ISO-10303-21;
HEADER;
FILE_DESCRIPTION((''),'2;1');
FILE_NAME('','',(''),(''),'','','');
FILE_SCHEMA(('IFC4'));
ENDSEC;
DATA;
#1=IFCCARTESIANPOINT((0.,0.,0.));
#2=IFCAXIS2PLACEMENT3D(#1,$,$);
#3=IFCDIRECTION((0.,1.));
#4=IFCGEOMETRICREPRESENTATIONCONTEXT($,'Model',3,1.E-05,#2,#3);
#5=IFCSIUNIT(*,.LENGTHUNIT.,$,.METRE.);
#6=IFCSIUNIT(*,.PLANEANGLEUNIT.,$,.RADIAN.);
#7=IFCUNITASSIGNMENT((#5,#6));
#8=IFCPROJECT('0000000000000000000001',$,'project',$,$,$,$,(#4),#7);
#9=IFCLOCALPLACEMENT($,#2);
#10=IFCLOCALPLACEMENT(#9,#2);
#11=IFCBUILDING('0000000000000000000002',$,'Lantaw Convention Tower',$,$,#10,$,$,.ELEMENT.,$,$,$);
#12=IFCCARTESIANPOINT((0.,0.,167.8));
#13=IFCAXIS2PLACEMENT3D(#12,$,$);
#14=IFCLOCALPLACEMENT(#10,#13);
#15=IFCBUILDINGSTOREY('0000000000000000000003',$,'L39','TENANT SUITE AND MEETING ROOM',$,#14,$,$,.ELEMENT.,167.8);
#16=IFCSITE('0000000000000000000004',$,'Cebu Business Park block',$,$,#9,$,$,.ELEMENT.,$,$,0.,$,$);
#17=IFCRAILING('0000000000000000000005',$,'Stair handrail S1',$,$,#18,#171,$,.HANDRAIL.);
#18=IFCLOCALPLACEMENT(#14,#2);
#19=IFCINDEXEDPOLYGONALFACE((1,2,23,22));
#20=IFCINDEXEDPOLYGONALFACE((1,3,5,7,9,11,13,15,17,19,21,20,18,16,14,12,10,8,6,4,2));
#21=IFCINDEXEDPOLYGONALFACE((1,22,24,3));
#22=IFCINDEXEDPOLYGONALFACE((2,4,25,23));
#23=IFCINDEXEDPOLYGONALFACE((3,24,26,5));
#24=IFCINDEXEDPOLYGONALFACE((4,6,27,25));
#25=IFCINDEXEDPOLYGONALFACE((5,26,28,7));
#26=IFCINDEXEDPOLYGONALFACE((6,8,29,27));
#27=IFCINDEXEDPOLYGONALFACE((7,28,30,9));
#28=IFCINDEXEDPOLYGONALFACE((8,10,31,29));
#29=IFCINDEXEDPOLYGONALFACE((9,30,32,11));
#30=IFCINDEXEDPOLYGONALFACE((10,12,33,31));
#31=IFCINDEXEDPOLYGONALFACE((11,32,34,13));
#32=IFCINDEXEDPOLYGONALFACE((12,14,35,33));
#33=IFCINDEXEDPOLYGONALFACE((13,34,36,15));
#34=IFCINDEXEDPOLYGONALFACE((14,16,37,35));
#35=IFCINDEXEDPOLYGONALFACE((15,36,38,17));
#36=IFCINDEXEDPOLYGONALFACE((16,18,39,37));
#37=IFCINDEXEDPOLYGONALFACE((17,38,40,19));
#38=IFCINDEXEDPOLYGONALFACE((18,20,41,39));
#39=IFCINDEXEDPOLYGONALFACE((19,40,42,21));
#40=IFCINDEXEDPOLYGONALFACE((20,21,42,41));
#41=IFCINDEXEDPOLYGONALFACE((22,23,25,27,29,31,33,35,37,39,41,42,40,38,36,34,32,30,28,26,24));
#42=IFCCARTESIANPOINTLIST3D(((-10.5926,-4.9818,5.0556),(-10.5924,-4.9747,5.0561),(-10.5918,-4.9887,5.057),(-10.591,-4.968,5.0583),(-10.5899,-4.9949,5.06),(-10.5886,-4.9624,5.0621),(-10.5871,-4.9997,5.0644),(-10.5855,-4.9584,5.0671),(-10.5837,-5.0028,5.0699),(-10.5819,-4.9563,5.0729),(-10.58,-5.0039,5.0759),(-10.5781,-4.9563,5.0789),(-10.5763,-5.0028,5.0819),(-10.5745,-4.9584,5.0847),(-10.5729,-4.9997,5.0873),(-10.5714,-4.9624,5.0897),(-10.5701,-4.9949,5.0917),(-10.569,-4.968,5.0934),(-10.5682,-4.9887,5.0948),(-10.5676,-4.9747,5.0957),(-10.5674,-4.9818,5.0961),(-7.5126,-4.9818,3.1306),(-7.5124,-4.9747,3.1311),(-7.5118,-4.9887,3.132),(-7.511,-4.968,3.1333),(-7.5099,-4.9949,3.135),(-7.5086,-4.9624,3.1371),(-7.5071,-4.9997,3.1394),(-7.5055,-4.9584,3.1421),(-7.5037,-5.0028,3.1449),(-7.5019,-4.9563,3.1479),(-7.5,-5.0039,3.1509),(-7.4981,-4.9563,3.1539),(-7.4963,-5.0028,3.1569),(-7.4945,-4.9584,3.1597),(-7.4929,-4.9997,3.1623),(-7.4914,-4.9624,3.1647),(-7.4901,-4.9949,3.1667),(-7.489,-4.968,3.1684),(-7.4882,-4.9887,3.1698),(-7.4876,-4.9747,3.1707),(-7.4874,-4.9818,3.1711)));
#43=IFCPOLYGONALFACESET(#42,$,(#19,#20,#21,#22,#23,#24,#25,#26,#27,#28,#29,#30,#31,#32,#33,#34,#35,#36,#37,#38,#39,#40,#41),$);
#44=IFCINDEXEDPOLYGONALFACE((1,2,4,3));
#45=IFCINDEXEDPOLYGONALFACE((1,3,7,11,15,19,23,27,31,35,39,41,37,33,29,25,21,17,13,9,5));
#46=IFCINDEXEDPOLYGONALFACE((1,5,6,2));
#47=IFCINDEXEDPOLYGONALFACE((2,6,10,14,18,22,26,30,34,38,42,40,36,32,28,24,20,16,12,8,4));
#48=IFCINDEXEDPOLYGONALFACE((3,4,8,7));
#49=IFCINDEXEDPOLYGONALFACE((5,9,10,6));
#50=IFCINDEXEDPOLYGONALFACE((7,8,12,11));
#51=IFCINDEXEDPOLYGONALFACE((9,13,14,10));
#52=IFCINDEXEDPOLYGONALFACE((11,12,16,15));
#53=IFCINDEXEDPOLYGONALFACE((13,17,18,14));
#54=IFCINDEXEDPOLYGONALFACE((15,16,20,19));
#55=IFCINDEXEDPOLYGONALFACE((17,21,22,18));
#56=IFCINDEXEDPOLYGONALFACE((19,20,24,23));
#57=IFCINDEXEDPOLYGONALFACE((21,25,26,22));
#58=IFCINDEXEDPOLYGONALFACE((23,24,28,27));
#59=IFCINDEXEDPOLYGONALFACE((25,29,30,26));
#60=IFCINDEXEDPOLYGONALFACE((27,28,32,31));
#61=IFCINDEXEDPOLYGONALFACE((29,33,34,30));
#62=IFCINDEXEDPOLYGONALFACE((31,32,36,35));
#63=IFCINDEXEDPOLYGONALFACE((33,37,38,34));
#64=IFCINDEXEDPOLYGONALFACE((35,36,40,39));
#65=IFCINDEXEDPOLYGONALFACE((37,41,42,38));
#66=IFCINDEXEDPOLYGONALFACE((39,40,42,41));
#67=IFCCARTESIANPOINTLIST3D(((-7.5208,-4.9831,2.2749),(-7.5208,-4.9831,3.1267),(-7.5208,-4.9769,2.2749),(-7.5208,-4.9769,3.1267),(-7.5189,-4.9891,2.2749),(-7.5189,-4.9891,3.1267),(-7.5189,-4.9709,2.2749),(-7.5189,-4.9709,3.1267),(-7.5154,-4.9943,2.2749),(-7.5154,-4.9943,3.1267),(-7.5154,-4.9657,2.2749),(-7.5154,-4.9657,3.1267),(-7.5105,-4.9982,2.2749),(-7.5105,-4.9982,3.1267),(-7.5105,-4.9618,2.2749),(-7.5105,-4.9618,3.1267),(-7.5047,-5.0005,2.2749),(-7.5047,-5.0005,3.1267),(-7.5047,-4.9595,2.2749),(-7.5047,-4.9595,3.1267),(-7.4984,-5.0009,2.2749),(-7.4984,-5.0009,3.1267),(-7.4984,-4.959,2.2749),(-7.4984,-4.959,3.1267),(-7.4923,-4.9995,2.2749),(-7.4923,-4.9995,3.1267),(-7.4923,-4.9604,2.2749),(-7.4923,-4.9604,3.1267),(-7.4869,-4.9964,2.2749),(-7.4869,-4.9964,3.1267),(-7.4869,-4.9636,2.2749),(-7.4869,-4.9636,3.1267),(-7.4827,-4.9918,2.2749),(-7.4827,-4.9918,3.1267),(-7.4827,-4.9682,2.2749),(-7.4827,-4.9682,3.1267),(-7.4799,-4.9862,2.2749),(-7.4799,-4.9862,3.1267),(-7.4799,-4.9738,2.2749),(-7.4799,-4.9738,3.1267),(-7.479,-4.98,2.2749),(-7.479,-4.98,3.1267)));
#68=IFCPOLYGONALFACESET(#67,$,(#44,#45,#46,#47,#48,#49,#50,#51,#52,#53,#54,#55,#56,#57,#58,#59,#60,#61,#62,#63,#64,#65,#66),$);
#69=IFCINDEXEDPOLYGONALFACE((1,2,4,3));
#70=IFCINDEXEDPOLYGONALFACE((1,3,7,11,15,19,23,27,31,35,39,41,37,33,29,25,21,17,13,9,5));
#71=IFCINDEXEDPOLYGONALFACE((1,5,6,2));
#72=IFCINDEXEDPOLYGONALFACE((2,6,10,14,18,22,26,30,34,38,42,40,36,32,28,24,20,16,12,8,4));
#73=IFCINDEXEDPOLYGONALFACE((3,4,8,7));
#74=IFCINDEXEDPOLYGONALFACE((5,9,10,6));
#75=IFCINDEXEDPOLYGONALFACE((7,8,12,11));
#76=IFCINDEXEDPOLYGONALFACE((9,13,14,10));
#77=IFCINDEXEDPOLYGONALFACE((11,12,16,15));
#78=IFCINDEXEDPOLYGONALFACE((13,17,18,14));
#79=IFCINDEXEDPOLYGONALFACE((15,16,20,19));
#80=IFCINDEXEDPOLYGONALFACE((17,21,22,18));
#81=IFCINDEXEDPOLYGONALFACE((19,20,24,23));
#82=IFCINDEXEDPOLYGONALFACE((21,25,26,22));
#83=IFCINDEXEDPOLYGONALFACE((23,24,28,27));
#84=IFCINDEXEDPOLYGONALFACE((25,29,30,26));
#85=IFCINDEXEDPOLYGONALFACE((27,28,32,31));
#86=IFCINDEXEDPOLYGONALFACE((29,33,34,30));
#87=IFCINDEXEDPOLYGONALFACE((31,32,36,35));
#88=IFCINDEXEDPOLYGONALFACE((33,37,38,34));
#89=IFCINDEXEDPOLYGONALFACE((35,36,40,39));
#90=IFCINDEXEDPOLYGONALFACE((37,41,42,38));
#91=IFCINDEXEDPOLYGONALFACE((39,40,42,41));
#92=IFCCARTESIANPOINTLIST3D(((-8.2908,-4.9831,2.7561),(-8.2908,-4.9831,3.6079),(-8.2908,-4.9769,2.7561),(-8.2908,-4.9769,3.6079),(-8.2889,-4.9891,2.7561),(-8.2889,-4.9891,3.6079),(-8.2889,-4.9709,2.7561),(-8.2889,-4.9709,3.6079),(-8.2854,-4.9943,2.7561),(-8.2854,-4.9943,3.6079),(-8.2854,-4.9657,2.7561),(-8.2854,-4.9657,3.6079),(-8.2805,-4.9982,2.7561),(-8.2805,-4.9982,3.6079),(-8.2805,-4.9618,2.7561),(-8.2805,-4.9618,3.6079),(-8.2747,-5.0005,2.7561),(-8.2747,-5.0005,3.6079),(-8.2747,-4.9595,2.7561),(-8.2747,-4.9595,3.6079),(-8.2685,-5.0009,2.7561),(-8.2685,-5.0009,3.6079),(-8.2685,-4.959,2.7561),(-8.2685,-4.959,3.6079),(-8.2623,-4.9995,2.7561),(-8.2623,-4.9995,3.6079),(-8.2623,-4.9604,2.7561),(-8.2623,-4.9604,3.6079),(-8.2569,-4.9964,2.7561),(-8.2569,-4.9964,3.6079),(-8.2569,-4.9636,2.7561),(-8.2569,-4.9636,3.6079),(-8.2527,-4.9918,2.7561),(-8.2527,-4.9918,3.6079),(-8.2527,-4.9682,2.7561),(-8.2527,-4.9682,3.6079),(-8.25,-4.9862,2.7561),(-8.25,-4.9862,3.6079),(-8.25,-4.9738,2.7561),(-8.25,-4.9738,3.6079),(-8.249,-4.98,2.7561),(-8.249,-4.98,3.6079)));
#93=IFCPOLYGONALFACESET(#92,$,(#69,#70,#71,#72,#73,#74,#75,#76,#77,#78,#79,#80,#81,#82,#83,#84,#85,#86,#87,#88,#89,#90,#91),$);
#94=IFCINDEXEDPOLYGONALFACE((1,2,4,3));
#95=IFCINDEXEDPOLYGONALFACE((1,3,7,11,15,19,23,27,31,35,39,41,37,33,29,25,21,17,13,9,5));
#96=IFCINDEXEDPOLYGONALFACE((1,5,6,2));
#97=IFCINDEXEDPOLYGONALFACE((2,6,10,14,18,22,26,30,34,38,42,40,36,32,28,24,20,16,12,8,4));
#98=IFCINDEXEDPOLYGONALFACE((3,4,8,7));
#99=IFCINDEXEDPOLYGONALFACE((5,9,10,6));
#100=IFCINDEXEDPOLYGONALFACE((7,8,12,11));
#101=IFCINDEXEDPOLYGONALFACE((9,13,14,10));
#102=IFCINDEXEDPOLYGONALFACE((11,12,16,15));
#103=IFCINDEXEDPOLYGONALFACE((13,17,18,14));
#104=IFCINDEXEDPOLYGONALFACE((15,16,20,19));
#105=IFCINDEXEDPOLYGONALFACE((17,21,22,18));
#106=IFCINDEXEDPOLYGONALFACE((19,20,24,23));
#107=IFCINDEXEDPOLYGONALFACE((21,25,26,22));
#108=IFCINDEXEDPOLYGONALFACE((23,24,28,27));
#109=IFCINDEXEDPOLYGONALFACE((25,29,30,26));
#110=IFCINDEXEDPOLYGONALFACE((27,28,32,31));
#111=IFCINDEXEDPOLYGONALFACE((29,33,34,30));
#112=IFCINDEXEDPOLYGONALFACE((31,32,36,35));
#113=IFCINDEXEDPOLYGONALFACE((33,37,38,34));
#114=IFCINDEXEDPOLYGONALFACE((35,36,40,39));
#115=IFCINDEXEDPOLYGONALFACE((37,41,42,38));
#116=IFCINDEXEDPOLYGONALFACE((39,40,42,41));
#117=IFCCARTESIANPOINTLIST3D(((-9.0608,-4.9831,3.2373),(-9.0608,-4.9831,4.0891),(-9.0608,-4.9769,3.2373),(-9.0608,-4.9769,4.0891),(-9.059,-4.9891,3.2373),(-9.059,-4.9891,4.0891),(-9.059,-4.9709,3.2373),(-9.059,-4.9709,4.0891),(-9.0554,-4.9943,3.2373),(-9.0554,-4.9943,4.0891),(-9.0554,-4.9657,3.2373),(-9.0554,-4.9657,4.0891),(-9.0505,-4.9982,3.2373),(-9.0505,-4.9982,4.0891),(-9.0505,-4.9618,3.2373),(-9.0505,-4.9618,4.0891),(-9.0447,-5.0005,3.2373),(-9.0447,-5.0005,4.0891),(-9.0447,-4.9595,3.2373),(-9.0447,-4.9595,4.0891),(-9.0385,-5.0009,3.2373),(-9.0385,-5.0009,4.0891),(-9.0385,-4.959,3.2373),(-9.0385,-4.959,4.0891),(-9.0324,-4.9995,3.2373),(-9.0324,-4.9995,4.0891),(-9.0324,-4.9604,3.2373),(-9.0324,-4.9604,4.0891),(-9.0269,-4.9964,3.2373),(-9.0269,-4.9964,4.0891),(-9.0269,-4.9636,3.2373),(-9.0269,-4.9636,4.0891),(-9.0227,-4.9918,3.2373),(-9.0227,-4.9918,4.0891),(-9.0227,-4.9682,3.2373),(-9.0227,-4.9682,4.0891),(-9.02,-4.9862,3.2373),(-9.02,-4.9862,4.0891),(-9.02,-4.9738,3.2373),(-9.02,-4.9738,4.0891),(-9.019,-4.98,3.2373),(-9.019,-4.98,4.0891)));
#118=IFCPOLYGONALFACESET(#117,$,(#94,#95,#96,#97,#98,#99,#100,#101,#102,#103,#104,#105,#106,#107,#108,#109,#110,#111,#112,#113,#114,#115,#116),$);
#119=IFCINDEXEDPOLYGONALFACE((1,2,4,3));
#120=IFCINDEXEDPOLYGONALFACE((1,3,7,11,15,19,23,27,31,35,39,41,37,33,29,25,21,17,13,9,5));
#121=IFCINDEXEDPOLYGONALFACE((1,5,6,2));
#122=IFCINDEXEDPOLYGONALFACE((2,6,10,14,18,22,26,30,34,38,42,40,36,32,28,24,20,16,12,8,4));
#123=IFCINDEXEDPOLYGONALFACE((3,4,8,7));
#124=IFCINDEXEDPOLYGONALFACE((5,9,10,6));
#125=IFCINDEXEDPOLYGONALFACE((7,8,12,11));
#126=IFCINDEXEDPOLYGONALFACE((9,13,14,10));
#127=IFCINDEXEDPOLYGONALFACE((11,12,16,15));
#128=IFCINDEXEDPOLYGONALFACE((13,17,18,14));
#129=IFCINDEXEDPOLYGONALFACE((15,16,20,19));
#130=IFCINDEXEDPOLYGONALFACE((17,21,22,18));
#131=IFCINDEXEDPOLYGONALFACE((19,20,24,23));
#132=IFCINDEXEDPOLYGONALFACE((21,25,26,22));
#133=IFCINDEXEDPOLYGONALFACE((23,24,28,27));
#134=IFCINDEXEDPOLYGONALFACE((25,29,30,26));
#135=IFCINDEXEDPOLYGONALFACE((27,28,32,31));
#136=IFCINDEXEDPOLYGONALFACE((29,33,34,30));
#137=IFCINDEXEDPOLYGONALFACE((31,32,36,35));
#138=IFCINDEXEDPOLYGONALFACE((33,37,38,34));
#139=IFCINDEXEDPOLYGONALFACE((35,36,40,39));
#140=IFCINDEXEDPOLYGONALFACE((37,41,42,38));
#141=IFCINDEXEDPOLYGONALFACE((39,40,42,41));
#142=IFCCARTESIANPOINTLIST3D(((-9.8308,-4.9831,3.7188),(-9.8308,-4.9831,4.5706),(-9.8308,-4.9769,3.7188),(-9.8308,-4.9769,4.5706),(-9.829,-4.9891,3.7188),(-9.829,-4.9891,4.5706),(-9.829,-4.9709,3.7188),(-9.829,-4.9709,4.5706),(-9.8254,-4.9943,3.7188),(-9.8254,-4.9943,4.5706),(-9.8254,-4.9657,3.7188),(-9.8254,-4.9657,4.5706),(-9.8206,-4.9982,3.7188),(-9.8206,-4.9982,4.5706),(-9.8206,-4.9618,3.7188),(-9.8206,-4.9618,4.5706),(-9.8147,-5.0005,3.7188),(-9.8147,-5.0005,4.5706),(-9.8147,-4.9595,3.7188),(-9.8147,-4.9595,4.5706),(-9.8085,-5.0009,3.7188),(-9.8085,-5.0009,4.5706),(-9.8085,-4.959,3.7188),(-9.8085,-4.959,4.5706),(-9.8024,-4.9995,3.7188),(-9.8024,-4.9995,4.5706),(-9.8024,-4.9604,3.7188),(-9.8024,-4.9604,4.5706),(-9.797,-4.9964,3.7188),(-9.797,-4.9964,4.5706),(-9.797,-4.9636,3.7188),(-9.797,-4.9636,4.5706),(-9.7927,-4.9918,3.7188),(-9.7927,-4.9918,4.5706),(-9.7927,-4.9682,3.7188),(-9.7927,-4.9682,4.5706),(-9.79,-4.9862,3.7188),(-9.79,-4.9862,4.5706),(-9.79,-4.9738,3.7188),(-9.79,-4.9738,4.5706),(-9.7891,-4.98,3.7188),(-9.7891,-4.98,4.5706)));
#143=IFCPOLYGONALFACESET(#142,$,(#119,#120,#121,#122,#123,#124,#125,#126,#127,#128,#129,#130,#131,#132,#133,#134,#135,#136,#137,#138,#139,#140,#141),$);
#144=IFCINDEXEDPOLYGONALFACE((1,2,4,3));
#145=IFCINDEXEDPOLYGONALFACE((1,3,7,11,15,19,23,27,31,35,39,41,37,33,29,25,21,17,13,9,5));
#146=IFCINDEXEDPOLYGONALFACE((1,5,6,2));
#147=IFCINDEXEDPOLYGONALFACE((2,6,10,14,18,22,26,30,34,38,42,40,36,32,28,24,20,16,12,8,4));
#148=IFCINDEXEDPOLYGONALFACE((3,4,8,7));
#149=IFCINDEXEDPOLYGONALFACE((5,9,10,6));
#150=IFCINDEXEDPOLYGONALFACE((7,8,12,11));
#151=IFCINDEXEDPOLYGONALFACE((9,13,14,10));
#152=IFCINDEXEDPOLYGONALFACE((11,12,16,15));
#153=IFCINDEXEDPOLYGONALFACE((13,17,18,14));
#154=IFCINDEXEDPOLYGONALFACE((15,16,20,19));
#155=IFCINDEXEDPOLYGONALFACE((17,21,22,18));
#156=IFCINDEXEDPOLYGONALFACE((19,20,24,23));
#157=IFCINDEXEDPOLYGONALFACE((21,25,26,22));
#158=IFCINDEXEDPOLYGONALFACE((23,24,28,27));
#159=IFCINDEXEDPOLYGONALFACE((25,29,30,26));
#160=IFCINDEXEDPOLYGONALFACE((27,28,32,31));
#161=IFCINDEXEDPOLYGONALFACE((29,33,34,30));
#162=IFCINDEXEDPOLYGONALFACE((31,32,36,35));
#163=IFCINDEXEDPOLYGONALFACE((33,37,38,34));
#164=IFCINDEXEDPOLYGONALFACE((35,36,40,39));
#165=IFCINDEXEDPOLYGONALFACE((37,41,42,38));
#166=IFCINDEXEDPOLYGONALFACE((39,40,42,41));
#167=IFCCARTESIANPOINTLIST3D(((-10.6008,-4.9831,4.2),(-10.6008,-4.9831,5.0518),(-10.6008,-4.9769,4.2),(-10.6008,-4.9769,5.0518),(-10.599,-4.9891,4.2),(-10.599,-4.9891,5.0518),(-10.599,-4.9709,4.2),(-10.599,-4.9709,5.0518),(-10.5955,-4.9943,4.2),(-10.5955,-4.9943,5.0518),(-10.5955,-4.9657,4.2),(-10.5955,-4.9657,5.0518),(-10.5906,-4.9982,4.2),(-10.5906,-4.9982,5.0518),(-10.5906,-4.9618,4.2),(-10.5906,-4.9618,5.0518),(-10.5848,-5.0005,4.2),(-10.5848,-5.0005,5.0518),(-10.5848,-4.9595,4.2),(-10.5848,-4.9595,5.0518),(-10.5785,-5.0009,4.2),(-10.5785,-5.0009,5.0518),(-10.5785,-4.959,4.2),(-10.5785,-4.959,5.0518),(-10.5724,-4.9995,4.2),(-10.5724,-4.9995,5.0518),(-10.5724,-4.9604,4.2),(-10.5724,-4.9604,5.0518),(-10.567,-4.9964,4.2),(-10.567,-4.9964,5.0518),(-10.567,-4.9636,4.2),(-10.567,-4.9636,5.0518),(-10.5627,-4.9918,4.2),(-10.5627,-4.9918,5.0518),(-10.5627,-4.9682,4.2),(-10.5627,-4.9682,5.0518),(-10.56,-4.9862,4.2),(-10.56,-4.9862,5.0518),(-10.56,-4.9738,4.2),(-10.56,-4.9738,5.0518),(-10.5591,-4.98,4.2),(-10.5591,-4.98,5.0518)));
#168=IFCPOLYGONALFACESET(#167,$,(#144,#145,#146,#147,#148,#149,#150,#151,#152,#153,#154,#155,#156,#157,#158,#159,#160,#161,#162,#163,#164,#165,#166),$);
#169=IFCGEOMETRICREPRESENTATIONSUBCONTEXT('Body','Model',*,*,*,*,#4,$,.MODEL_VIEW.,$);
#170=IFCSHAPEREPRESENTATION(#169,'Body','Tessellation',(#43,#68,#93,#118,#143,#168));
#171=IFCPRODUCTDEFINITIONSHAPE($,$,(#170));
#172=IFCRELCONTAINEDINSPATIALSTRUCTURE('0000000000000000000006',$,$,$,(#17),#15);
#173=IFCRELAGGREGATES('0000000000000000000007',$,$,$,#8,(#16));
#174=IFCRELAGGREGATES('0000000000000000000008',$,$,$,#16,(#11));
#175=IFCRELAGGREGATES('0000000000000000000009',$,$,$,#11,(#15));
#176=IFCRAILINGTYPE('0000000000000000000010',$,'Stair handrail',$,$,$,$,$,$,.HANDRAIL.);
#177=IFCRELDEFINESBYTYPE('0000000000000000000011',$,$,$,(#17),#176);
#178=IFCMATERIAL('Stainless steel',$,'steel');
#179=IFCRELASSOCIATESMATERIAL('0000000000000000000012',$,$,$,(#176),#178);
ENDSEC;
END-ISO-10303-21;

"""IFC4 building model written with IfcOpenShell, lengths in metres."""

from ifc_helpers import new_model, si_unit, direction, frame, origin, origin_2d, place, context, subcontext, project, spatial, circle, extrude, material, type_object, element, save


model = new_model("IFC4")

# Units and contexts
model_context = context("Model", 3, precision=1e-05, world=origin(), true_north=direction((0.0, 1.0)))
body_context = subcontext(model_context, "Body", "Model", "MODEL_VIEW")
ifc_project = project(units=[si_unit("LENGTHUNIT", "METRE"), si_unit("PLANEANGLEUNIT", "RADIAN")], contexts=[model_context])

# Site, building, storey
site_placement = place(None, origin())
site = spatial("IfcSite", under=ifc_project, at=site_placement, Name="Cebu Business Park block", CompositionType="ELEMENT", RefElevation=0.0)
building_placement = place(site_placement, origin())
building = spatial("IfcBuilding", under=site, at=building_placement, Name="Lantaw Convention Tower", CompositionType="ELEMENT")
storey_placement = place(building_placement, frame((0.0, 0.0, 167.8)))
storey = spatial("IfcBuildingStorey", under=building, at=storey_placement, Name="L39", Description="TENANT SUITE AND MEETING ROOM", CompositionType="ELEMENT", Elevation=167.8)

# Railing
ifc_material_1 = material(Name="Stainless steel", Category="steel")
railing_type = type_object("IfcRailingType", Name="Stair handrail", PredefinedType="HANDRAIL", material=ifc_material_1)
railing_1_placement = place(storey_placement, frame((-7.5, -4.98, 2.2749)))
element("IfcRailing", 1, at=railing_1_placement, inside=storey, type_object=railing_type, Name="Stair handrail S1", PredefinedType="HANDRAIL", context=body_context, shape_type="SweptSolid", body=[
    extrude(circle(Radius=0.0239, at=origin_2d()), frame((0.0, 0.0, 0.876), z_axis=(-0.847998, 0.0, 0.529999), x_axis=(0.0, -1.0, 0.0)), (0.0, 0.0, 1.0), 3.6321),
    extrude(circle(Radius=0.021, at=origin_2d()), origin(), (0.0, 0.0, 1.0), 0.8518),
    extrude(circle(Radius=0.021, at=origin_2d()), frame((-0.77, 0.0, 0.4812)), (0.0, 0.0, 1.0), 0.8518),
    extrude(circle(Radius=0.021, at=origin_2d()), frame((-1.54, 0.0, 0.9624)), (0.0, 0.0, 1.0), 0.8518),
    extrude(circle(Radius=0.021, at=origin_2d()), frame((-2.3101, 0.0, 1.4438)), (0.0, 0.0, 1.0), 0.8518),
    extrude(circle(Radius=0.021, at=origin_2d()), frame((-3.0801, 0.0, 1.925)), (0.0, 0.0, 1.0), 0.8518),
])

save(model, "model.ifc")
